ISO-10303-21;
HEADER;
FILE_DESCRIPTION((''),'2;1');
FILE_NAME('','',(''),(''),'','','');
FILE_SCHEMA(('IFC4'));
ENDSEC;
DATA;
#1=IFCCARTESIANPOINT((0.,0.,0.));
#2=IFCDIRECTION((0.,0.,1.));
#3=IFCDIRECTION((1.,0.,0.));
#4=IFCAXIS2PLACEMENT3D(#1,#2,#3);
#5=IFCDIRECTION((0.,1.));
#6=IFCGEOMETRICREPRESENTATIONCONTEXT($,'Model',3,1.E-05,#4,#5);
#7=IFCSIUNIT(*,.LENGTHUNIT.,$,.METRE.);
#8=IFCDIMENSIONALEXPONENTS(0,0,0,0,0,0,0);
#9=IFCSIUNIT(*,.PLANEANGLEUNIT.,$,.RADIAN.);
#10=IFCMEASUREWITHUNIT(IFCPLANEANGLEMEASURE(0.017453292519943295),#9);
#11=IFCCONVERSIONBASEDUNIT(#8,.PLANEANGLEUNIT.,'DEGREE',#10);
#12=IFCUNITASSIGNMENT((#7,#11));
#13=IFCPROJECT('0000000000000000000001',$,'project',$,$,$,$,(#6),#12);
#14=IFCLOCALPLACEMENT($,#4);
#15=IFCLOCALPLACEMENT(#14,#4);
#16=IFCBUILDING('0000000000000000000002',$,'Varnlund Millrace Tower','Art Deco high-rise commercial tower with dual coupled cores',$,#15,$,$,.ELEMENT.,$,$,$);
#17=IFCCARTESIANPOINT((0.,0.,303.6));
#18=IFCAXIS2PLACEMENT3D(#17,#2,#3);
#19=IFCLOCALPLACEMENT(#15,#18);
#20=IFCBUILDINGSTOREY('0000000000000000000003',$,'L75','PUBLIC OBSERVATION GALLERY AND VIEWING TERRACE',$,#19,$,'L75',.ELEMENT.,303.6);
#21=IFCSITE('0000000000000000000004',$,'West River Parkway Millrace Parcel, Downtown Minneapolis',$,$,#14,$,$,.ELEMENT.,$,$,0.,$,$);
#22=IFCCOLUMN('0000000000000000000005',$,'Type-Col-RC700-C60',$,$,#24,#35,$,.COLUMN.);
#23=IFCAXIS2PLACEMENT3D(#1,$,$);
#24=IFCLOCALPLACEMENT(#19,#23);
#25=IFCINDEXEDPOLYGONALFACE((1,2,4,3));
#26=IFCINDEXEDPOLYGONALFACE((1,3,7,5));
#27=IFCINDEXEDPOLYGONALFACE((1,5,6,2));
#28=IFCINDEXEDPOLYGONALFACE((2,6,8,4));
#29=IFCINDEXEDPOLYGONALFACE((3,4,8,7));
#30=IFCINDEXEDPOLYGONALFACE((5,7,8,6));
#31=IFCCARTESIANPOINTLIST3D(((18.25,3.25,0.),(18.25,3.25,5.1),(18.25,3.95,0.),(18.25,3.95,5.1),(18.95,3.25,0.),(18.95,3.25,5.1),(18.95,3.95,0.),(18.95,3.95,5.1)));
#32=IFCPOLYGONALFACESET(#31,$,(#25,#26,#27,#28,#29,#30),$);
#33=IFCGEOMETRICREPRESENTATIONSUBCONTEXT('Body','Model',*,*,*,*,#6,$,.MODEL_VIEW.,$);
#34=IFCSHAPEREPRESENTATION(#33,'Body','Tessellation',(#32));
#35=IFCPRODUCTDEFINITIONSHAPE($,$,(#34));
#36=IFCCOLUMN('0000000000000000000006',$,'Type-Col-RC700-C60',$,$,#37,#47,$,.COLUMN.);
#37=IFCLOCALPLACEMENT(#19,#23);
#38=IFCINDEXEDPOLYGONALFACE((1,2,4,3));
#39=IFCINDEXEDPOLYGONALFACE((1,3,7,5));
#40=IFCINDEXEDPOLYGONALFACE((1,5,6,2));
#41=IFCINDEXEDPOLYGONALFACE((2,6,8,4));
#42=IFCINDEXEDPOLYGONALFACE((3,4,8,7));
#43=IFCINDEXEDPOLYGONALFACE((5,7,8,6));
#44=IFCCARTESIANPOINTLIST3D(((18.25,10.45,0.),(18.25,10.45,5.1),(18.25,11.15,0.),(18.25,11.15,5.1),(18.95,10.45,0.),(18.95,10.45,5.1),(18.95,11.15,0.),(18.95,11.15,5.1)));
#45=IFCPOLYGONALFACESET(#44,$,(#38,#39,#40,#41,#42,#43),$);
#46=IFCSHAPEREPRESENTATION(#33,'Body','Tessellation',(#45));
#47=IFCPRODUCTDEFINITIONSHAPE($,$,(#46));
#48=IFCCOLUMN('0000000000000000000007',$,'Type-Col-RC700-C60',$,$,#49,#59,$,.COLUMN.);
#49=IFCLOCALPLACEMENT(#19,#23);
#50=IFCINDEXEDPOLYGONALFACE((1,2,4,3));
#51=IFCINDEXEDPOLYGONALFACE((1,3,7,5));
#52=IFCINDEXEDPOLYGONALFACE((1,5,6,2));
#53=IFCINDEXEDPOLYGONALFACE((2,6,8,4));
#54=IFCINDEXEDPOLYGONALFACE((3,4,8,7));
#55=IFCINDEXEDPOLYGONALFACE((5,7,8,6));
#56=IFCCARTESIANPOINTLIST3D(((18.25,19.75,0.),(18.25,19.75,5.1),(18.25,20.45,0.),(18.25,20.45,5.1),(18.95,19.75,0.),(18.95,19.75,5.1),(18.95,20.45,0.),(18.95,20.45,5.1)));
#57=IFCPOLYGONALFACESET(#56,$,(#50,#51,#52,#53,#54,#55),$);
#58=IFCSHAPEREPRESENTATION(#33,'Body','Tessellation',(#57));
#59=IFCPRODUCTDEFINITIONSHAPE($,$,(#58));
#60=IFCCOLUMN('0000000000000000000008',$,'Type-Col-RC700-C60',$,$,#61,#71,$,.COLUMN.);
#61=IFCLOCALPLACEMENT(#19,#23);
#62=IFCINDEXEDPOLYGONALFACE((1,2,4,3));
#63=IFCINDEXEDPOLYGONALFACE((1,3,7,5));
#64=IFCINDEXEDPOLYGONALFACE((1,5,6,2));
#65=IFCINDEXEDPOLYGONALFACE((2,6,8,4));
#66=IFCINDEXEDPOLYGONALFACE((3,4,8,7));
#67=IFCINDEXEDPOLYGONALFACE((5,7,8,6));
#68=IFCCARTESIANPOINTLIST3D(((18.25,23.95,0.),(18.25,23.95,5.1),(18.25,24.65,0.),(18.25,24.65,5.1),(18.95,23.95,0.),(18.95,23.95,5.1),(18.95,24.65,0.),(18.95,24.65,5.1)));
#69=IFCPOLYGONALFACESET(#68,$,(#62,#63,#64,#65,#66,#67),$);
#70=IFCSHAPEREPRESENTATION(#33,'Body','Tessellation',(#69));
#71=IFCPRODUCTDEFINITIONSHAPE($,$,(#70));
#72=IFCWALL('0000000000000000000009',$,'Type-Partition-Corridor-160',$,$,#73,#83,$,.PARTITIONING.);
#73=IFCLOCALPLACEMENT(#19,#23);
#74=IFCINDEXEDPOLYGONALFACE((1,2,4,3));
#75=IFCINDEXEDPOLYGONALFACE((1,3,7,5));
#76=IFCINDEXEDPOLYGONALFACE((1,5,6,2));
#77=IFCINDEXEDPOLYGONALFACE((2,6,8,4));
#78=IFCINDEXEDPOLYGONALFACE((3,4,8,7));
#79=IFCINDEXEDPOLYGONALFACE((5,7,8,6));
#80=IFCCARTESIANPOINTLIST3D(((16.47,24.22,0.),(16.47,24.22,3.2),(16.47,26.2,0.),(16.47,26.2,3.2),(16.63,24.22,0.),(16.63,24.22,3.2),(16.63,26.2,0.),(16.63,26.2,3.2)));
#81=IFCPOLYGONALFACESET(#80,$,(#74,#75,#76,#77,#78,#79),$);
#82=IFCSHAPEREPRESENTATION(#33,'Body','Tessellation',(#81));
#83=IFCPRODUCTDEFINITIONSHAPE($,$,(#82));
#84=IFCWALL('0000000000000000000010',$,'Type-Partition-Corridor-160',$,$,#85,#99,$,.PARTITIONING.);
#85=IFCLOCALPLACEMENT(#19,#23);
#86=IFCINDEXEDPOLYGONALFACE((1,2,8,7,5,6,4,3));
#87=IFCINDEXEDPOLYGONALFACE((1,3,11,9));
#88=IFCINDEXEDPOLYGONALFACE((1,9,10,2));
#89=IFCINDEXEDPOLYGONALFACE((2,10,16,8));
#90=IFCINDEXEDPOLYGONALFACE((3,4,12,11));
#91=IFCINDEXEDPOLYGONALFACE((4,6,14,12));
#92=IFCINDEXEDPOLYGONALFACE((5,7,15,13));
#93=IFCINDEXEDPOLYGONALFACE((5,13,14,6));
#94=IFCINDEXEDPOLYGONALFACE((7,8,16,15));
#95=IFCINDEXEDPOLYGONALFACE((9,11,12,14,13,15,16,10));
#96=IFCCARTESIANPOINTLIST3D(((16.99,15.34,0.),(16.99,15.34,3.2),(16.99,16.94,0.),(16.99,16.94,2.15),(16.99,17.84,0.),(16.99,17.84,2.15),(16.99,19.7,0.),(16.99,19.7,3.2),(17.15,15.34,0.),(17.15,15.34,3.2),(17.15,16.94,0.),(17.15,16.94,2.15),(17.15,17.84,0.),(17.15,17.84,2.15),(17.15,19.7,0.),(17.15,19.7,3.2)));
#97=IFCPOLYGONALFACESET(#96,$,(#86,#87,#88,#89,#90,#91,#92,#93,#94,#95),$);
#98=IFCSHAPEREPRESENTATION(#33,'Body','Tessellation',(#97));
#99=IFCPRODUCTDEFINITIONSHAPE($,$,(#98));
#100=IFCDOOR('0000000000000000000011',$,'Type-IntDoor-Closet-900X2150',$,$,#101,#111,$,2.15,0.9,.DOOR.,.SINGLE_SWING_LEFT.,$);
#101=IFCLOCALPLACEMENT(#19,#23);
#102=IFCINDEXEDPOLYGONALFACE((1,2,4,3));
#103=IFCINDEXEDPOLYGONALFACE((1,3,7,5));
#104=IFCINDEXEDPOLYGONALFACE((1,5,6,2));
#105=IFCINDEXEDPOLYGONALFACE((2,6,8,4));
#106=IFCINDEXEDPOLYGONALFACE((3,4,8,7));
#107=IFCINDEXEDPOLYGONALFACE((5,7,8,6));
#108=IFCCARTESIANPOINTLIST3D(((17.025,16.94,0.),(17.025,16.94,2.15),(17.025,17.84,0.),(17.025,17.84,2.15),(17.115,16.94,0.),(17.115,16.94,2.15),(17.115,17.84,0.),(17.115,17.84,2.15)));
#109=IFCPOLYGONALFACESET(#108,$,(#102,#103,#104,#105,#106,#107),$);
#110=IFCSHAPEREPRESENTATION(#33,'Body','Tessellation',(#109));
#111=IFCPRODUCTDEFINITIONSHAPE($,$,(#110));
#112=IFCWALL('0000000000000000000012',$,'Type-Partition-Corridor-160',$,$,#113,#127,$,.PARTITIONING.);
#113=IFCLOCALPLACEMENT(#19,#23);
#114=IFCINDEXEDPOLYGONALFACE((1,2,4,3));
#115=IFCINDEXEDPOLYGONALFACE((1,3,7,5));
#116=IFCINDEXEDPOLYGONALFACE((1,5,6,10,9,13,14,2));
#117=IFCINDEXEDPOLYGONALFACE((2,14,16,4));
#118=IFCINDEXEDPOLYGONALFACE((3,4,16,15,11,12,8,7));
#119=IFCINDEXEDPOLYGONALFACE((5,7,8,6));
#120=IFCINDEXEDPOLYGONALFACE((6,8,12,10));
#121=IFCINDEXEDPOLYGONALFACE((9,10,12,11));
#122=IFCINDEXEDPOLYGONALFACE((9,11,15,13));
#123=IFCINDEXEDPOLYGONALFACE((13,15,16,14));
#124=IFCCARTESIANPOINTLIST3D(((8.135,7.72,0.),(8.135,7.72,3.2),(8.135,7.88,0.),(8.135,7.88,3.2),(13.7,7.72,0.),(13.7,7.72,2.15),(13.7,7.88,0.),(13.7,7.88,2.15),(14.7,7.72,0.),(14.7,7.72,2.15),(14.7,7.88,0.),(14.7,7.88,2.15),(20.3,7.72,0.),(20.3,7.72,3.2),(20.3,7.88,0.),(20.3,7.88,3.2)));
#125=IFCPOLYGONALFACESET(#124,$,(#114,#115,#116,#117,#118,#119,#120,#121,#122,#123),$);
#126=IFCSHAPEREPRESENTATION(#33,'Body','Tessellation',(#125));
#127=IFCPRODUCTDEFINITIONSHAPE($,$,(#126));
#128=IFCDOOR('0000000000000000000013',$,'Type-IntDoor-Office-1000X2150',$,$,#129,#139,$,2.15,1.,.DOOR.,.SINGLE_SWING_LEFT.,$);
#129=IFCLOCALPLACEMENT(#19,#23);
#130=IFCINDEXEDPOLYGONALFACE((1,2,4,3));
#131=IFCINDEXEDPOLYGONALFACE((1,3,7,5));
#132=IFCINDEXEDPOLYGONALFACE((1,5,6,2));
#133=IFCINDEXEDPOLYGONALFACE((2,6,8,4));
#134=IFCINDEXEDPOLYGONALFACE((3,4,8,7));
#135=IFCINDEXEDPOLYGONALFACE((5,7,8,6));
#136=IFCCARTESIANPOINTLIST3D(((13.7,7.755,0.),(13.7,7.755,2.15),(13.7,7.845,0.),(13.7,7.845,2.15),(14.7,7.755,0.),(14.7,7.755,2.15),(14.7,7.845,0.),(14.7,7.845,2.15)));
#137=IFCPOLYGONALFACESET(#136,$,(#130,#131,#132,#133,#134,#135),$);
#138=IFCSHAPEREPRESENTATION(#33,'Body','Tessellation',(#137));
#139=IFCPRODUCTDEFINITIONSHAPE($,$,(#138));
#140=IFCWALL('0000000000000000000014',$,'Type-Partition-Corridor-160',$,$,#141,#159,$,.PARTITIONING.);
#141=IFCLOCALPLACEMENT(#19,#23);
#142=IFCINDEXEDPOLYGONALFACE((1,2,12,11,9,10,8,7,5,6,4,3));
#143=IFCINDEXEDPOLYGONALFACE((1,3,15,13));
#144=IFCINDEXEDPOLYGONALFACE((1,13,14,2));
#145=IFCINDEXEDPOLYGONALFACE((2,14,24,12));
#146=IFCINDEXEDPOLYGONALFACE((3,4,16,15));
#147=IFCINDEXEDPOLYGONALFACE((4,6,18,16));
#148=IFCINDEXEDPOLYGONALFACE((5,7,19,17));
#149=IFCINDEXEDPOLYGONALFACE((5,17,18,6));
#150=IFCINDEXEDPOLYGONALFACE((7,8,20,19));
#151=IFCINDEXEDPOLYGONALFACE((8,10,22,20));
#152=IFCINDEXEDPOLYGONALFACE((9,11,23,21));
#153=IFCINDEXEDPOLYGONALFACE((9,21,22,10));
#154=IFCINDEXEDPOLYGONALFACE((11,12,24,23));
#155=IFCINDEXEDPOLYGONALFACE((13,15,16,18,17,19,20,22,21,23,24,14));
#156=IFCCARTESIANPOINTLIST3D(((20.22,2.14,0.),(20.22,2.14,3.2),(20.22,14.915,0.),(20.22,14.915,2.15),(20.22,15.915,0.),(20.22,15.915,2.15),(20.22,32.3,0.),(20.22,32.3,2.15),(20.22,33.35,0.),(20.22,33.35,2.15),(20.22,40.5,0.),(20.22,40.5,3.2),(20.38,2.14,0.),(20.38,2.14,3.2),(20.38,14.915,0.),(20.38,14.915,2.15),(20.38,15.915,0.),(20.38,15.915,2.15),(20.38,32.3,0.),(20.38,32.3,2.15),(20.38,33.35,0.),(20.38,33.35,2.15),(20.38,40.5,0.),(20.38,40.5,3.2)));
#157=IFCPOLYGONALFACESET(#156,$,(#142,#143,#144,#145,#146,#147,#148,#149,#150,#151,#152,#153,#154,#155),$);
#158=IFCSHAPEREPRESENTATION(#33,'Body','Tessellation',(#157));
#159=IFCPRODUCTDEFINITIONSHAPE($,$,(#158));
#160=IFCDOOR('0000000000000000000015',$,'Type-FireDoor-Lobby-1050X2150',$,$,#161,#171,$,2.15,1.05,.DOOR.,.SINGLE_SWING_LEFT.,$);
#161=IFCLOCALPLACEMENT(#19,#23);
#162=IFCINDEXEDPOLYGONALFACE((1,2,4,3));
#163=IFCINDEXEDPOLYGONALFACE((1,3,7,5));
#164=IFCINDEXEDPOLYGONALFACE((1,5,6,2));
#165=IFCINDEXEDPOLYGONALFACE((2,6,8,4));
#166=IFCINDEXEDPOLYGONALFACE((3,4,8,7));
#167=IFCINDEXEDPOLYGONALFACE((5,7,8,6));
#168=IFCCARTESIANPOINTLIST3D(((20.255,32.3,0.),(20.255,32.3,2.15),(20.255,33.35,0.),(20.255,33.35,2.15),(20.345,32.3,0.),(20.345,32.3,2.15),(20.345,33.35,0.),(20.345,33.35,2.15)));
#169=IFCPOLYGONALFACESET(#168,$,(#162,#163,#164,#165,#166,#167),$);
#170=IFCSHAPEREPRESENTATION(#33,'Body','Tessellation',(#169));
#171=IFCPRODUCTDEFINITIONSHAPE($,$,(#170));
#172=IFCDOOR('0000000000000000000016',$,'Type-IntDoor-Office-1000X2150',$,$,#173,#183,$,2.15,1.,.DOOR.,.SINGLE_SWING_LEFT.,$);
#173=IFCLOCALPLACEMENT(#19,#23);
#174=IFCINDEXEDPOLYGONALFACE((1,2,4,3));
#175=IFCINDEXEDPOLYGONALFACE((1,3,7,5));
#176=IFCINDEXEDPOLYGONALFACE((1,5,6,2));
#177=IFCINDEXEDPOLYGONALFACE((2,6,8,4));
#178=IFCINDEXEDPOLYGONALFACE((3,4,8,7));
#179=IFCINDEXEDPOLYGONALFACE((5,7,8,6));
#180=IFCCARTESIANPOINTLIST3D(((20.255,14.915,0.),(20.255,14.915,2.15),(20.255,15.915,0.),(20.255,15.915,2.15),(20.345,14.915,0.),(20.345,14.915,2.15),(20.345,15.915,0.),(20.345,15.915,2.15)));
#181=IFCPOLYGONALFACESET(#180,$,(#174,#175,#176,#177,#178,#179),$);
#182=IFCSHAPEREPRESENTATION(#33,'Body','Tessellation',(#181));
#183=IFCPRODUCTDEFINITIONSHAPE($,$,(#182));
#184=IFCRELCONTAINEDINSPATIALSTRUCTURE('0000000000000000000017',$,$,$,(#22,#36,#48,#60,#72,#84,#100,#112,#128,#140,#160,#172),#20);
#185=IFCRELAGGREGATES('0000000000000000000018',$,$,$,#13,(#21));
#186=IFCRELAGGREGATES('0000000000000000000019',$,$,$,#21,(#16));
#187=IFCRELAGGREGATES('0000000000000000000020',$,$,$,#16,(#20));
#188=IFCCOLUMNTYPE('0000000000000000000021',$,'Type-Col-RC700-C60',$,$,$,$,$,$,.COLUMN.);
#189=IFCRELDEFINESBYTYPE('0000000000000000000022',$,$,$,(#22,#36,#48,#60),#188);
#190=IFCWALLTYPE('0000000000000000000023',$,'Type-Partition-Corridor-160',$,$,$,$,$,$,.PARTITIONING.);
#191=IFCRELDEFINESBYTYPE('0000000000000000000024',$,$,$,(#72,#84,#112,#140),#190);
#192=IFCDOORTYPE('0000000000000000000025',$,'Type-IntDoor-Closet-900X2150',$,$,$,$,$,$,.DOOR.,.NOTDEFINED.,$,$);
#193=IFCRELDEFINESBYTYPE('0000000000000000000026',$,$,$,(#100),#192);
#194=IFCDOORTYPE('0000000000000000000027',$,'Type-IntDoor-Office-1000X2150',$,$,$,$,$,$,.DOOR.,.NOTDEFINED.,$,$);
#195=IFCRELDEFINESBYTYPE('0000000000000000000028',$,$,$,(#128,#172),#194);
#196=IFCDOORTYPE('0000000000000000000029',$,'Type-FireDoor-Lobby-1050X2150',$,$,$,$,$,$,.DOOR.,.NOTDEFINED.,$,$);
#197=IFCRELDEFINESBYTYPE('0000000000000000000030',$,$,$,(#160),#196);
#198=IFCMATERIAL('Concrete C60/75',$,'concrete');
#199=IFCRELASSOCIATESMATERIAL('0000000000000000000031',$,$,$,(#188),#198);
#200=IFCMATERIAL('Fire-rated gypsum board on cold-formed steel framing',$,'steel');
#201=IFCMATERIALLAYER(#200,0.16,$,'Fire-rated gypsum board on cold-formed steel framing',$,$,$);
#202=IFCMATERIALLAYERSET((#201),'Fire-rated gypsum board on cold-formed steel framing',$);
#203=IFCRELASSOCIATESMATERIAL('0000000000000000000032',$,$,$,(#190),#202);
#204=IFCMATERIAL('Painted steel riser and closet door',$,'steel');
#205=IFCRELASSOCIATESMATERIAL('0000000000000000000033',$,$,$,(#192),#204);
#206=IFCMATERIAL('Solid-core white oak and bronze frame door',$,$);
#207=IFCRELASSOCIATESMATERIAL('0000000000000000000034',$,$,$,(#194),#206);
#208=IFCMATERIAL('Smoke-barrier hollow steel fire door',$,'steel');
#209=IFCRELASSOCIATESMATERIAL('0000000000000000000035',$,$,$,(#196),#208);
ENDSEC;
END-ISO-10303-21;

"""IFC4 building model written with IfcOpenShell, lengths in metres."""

from ifc_helpers import new_model, entity, si_unit, converted_unit, direction, frame, origin_with_axes, origin_2d_with_axis, place, context, subcontext, project, spatial, polyline, rectangle, outline, extrude, material, layer, layer_set, material_profile, profile_set, type_object, element, fill, save


model = new_model("IFC4")

# Units and contexts
model_context = context("Model", 3, precision=1e-05, world=origin_with_axes(), true_north=direction((0.0, 1.0)))
body_context = subcontext(model_context, "Body", "Model", "MODEL_VIEW")
ifc_project = project(units=[si_unit("LENGTHUNIT", "METRE"), converted_unit("PLANEANGLEUNIT", "DEGREE", entity("IfcPlaneAngleMeasure", 0.017453292519943295), si_unit("PLANEANGLEUNIT", "RADIAN"), dimensions=[0, 0, 0, 0, 0, 0, 0])], contexts=[model_context])

# Site, building, storey
site_placement = place(None, origin_with_axes())
site = spatial("IfcSite", under=ifc_project, at=site_placement, Name="West River Parkway Millrace Parcel, Downtown Minneapolis", CompositionType="ELEMENT", RefElevation=0.0)
building_placement = place(site_placement, origin_with_axes())
building = spatial("IfcBuilding", under=site, at=building_placement, Name="Varnlund Millrace Tower", Description="Art Deco high-rise commercial tower with dual coupled cores", CompositionType="ELEMENT")
storey_placement = place(building_placement, frame((0.0, 0.0, 303.6), z_axis=(0.0, 0.0, 1.0), x_axis=(1.0, 0.0, 0.0)))
storey = spatial("IfcBuildingStorey", under=building, at=storey_placement, Name="L75", Description="PUBLIC OBSERVATION GALLERY AND VIEWING TERRACE", LongName="L75", CompositionType="ELEMENT", Elevation=303.6)

# Columns
ifc_material_1 = material(Name="Concrete C60/75", Category="concrete")
ifc_material_profile_1 = material_profile(ifc_material_1, rectangle(XDim=0.7, YDim=0.7, at=origin_2d_with_axis()), Name="Concrete C60/75")
ifc_profile_set_1 = profile_set([ifc_material_profile_1], Name="Concrete C60/75")
column_type_1 = type_object("IfcColumnType", Name="Type-Col-RC700-C60", PredefinedType="COLUMN", material=ifc_profile_set_1)
for number, where, z_axis, x_axis, name in (
    (1, (18.6, 3.6, 0.0), (0.0, 0.0, 1.0), (1.0, 0.0, 0.0), "Type-Col-RC700-C60"),
    (2, (18.6, 10.8, 0.0), (0.0, 0.0, 1.0), (1.0, 0.0, 0.0), "Type-Col-RC700-C60"),
    (3, (18.6, 20.1, 0.0), (0.0, 0.0, 1.0), (1.0, 0.0, 0.0), "Type-Col-RC700-C60"),
    (4, (18.6, 24.3, 0.0), (0.0, 0.0, 1.0), (1.0, 0.0, 0.0), "Type-Col-RC700-C60"),
):
    element("IfcColumn", number, at=place(storey_placement, frame(where, z_axis=z_axis, x_axis=x_axis)), inside=storey, type_object=column_type_1, Name=name, PredefinedType="COLUMN", context=body_context, shape_type="SweptSolid", body=[
        extrude(rectangle(XDim=0.7, YDim=0.7, at=origin_2d_with_axis()), origin_with_axes(), (0.0, 0.0, 1.0), 5.1),
    ])

# Wall
ifc_material_2 = material(Name="Fire-rated gypsum board on cold-formed steel framing", Category="steel")
ifc_layer_1 = layer(ifc_material_2, 0.16, Name="Fire-rated gypsum board on cold-formed steel framing")
ifc_layer_set_1 = layer_set([ifc_layer_1], Name="Fire-rated gypsum board on cold-formed steel framing")
wall_type_1 = type_object("IfcWallType", Name="Type-Partition-Corridor-160", PredefinedType="PARTITIONING", material=ifc_layer_set_1)
wall_1_placement = place(storey_placement, frame((16.55, 24.22, 0.0), z_axis=(0.0, 0.0, 1.0), x_axis=(0.0, 1.0, 0.0)))
element("IfcWall", 5, at=wall_1_placement, inside=storey, type_object=wall_type_1, Name="Type-Partition-Corridor-160", PredefinedType="PARTITIONING", context=body_context, shape_type="SweptSolid", body=[
    extrude(outline(polyline([(0.0, -0.08), (1.98, -0.08), (1.98, 0.08), (0.0, 0.08), (0.0, -0.08)])), origin_with_axes(), (0.0, 0.0, 1.0), 3.2),
])

# Walls, openings, doors
wall_2_placement = place(storey_placement, frame((17.07, 15.34, 0.0), z_axis=(0.0, 0.0, 1.0), x_axis=(0.0, 1.0, 0.0)))
wall_2 = element("IfcWall", 6, at=wall_2_placement, inside=storey, type_object=wall_type_1, Name="Type-Partition-Corridor-160", PredefinedType="PARTITIONING", context=body_context, shape_type="SweptSolid", body=[
    extrude(outline(polyline([(0.0, -0.08), (4.36, -0.08), (4.36, 0.08), (0.0, 0.08), (0.0, -0.08)])), origin_with_axes(), (0.0, 0.0, 1.0), 3.2),
])
opening_1_placement = place(wall_2_placement, frame((2.05, 0.0, 0.0), z_axis=(0.0, 0.0, 1.0), x_axis=(1.0, 0.0, 0.0)))
opening_1 = element("IfcOpeningElement", 7, at=opening_1_placement, cuts=wall_2, PredefinedType="OPENING", context=body_context, shape_type="SweptSolid", body=[
    extrude(rectangle(XDim=0.9, YDim=0.18, at=origin_2d_with_axis()), origin_with_axes(), (0.0, 0.0, 1.0), 2.15),
])
ifc_material_3 = material(Name="Painted steel riser and closet door", Category="steel")
door_type_1 = type_object("IfcDoorType", Name="Type-IntDoor-Closet-900X2150", OperationType="NOTDEFINED", PredefinedType="DOOR", material=ifc_material_3)
door_1_placement = place(wall_2_placement, frame((2.05, 0.0, 0.0), z_axis=(0.0, 0.0, 1.0), x_axis=(1.0, 0.0, 0.0)))
door_1 = element("IfcDoor", 8, at=door_1_placement, inside=storey, type_object=door_type_1, Name="Type-IntDoor-Closet-900X2150", OperationType="SINGLE_SWING_LEFT", OverallHeight=2.15, OverallWidth=0.9, PredefinedType="DOOR", context=body_context, shape_type="SweptSolid", body=[
    extrude(rectangle(XDim=0.9, YDim=0.09, at=origin_2d_with_axis()), origin_with_axes(), (0.0, 0.0, 1.0), 2.15),
])
fill(opening_1, door_1)
wall_3_placement = place(storey_placement, frame((8.135, 7.8, 0.0), z_axis=(0.0, 0.0, 1.0), x_axis=(1.0, 0.0, 0.0)))
wall_3 = element("IfcWall", 9, at=wall_3_placement, inside=storey, type_object=wall_type_1, Name="Type-Partition-Corridor-160", PredefinedType="PARTITIONING", context=body_context, shape_type="SweptSolid", body=[
    extrude(outline(polyline([(0.0, -0.08), (12.165, -0.08), (12.165, 0.08), (0.0, 0.08), (0.0, -0.08)])), origin_with_axes(), (0.0, 0.0, 1.0), 3.2),
])
opening_2_placement = place(wall_3_placement, frame((6.065, 0.0, 0.0), z_axis=(0.0, 0.0, 1.0), x_axis=(1.0, 0.0, 0.0)))
opening_2 = element("IfcOpeningElement", 10, at=opening_2_placement, cuts=wall_3, PredefinedType="OPENING", context=body_context, shape_type="SweptSolid", body=[
    extrude(rectangle(XDim=1.0, YDim=0.18, at=origin_2d_with_axis()), origin_with_axes(), (0.0, 0.0, 1.0), 2.15),
])
ifc_material_4 = material(Name="Solid-core white oak and bronze frame door")
door_type_2 = type_object("IfcDoorType", Name="Type-IntDoor-Office-1000X2150", OperationType="NOTDEFINED", PredefinedType="DOOR", material=ifc_material_4)
door_2_placement = place(wall_3_placement, frame((6.065, 0.0, 0.0), z_axis=(0.0, 0.0, 1.0), x_axis=(1.0, 0.0, 0.0)))
door_2 = element("IfcDoor", 11, at=door_2_placement, inside=storey, type_object=door_type_2, Name="Type-IntDoor-Office-1000X2150", OperationType="SINGLE_SWING_LEFT", OverallHeight=2.15, OverallWidth=1.0, PredefinedType="DOOR", context=body_context, shape_type="SweptSolid", body=[
    extrude(rectangle(XDim=1.0, YDim=0.09, at=origin_2d_with_axis()), origin_with_axes(), (0.0, 0.0, 1.0), 2.15),
])
fill(opening_2, door_2)

# Wall, openings, doors
wall_4_placement = place(storey_placement, frame((20.3, 2.14, 0.0), z_axis=(0.0, 0.0, 1.0), x_axis=(0.0, 1.0, 0.0)))
wall_4 = element("IfcWall", 12, at=wall_4_placement, inside=storey, type_object=wall_type_1, Name="Type-Partition-Corridor-160", PredefinedType="PARTITIONING", context=body_context, shape_type="SweptSolid", body=[
    extrude(outline(polyline([(0.0, -0.08), (38.36, -0.08), (38.36, 0.08), (0.0, 0.08), (0.0, -0.08)])), origin_with_axes(), (0.0, 0.0, 1.0), 3.2),
])
opening_3_placement = place(wall_4_placement, frame((30.685, 0.0, 0.0), z_axis=(0.0, 0.0, 1.0), x_axis=(1.0, 0.0, 0.0)))
opening_3 = element("IfcOpeningElement", 13, at=opening_3_placement, cuts=wall_4, PredefinedType="OPENING", context=body_context, shape_type="SweptSolid", body=[
    extrude(rectangle(XDim=1.05, YDim=0.18, at=origin_2d_with_axis()), origin_with_axes(), (0.0, 0.0, 1.0), 2.15),
])
opening_4_placement = place(wall_4_placement, frame((13.275, 0.0, 0.0), z_axis=(0.0, 0.0, 1.0), x_axis=(1.0, 0.0, 0.0)))
opening_4 = element("IfcOpeningElement", 14, at=opening_4_placement, cuts=wall_4, PredefinedType="OPENING", context=body_context, shape_type="SweptSolid", body=[
    extrude(rectangle(XDim=1.0, YDim=0.18, at=origin_2d_with_axis()), origin_with_axes(), (0.0, 0.0, 1.0), 2.15),
])
ifc_material_5 = material(Name="Smoke-barrier hollow steel fire door", Category="steel")
door_type_3 = type_object("IfcDoorType", Name="Type-FireDoor-Lobby-1050X2150", OperationType="NOTDEFINED", PredefinedType="DOOR", material=ifc_material_5)
door_3_placement = place(wall_4_placement, frame((30.685, 0.0, 0.0), z_axis=(0.0, 0.0, 1.0), x_axis=(1.0, 0.0, 0.0)))
door_3 = element("IfcDoor", 15, at=door_3_placement, inside=storey, type_object=door_type_3, Name="Type-FireDoor-Lobby-1050X2150", OperationType="SINGLE_SWING_LEFT", OverallHeight=2.15, OverallWidth=1.05, PredefinedType="DOOR", context=body_context, shape_type="SweptSolid", body=[
    extrude(rectangle(XDim=1.05, YDim=0.09, at=origin_2d_with_axis()), origin_with_axes(), (0.0, 0.0, 1.0), 2.15),
])
fill(opening_3, door_3)
door_4_placement = place(wall_4_placement, frame((13.275, 0.0, 0.0), z_axis=(0.0, 0.0, 1.0), x_axis=(1.0, 0.0, 0.0)))
door_4 = element("IfcDoor", 16, at=door_4_placement, inside=storey, type_object=door_type_2, Name="Type-IntDoor-Office-1000X2150", OperationType="SINGLE_SWING_LEFT", OverallHeight=2.15, OverallWidth=1.0, PredefinedType="DOOR", context=body_context, shape_type="SweptSolid", body=[
    extrude(rectangle(XDim=1.0, YDim=0.09, at=origin_2d_with_axis()), origin_with_axes(), (0.0, 0.0, 1.0), 2.15),
])
fill(opening_4, door_4)

save(model, "model.ifc")
